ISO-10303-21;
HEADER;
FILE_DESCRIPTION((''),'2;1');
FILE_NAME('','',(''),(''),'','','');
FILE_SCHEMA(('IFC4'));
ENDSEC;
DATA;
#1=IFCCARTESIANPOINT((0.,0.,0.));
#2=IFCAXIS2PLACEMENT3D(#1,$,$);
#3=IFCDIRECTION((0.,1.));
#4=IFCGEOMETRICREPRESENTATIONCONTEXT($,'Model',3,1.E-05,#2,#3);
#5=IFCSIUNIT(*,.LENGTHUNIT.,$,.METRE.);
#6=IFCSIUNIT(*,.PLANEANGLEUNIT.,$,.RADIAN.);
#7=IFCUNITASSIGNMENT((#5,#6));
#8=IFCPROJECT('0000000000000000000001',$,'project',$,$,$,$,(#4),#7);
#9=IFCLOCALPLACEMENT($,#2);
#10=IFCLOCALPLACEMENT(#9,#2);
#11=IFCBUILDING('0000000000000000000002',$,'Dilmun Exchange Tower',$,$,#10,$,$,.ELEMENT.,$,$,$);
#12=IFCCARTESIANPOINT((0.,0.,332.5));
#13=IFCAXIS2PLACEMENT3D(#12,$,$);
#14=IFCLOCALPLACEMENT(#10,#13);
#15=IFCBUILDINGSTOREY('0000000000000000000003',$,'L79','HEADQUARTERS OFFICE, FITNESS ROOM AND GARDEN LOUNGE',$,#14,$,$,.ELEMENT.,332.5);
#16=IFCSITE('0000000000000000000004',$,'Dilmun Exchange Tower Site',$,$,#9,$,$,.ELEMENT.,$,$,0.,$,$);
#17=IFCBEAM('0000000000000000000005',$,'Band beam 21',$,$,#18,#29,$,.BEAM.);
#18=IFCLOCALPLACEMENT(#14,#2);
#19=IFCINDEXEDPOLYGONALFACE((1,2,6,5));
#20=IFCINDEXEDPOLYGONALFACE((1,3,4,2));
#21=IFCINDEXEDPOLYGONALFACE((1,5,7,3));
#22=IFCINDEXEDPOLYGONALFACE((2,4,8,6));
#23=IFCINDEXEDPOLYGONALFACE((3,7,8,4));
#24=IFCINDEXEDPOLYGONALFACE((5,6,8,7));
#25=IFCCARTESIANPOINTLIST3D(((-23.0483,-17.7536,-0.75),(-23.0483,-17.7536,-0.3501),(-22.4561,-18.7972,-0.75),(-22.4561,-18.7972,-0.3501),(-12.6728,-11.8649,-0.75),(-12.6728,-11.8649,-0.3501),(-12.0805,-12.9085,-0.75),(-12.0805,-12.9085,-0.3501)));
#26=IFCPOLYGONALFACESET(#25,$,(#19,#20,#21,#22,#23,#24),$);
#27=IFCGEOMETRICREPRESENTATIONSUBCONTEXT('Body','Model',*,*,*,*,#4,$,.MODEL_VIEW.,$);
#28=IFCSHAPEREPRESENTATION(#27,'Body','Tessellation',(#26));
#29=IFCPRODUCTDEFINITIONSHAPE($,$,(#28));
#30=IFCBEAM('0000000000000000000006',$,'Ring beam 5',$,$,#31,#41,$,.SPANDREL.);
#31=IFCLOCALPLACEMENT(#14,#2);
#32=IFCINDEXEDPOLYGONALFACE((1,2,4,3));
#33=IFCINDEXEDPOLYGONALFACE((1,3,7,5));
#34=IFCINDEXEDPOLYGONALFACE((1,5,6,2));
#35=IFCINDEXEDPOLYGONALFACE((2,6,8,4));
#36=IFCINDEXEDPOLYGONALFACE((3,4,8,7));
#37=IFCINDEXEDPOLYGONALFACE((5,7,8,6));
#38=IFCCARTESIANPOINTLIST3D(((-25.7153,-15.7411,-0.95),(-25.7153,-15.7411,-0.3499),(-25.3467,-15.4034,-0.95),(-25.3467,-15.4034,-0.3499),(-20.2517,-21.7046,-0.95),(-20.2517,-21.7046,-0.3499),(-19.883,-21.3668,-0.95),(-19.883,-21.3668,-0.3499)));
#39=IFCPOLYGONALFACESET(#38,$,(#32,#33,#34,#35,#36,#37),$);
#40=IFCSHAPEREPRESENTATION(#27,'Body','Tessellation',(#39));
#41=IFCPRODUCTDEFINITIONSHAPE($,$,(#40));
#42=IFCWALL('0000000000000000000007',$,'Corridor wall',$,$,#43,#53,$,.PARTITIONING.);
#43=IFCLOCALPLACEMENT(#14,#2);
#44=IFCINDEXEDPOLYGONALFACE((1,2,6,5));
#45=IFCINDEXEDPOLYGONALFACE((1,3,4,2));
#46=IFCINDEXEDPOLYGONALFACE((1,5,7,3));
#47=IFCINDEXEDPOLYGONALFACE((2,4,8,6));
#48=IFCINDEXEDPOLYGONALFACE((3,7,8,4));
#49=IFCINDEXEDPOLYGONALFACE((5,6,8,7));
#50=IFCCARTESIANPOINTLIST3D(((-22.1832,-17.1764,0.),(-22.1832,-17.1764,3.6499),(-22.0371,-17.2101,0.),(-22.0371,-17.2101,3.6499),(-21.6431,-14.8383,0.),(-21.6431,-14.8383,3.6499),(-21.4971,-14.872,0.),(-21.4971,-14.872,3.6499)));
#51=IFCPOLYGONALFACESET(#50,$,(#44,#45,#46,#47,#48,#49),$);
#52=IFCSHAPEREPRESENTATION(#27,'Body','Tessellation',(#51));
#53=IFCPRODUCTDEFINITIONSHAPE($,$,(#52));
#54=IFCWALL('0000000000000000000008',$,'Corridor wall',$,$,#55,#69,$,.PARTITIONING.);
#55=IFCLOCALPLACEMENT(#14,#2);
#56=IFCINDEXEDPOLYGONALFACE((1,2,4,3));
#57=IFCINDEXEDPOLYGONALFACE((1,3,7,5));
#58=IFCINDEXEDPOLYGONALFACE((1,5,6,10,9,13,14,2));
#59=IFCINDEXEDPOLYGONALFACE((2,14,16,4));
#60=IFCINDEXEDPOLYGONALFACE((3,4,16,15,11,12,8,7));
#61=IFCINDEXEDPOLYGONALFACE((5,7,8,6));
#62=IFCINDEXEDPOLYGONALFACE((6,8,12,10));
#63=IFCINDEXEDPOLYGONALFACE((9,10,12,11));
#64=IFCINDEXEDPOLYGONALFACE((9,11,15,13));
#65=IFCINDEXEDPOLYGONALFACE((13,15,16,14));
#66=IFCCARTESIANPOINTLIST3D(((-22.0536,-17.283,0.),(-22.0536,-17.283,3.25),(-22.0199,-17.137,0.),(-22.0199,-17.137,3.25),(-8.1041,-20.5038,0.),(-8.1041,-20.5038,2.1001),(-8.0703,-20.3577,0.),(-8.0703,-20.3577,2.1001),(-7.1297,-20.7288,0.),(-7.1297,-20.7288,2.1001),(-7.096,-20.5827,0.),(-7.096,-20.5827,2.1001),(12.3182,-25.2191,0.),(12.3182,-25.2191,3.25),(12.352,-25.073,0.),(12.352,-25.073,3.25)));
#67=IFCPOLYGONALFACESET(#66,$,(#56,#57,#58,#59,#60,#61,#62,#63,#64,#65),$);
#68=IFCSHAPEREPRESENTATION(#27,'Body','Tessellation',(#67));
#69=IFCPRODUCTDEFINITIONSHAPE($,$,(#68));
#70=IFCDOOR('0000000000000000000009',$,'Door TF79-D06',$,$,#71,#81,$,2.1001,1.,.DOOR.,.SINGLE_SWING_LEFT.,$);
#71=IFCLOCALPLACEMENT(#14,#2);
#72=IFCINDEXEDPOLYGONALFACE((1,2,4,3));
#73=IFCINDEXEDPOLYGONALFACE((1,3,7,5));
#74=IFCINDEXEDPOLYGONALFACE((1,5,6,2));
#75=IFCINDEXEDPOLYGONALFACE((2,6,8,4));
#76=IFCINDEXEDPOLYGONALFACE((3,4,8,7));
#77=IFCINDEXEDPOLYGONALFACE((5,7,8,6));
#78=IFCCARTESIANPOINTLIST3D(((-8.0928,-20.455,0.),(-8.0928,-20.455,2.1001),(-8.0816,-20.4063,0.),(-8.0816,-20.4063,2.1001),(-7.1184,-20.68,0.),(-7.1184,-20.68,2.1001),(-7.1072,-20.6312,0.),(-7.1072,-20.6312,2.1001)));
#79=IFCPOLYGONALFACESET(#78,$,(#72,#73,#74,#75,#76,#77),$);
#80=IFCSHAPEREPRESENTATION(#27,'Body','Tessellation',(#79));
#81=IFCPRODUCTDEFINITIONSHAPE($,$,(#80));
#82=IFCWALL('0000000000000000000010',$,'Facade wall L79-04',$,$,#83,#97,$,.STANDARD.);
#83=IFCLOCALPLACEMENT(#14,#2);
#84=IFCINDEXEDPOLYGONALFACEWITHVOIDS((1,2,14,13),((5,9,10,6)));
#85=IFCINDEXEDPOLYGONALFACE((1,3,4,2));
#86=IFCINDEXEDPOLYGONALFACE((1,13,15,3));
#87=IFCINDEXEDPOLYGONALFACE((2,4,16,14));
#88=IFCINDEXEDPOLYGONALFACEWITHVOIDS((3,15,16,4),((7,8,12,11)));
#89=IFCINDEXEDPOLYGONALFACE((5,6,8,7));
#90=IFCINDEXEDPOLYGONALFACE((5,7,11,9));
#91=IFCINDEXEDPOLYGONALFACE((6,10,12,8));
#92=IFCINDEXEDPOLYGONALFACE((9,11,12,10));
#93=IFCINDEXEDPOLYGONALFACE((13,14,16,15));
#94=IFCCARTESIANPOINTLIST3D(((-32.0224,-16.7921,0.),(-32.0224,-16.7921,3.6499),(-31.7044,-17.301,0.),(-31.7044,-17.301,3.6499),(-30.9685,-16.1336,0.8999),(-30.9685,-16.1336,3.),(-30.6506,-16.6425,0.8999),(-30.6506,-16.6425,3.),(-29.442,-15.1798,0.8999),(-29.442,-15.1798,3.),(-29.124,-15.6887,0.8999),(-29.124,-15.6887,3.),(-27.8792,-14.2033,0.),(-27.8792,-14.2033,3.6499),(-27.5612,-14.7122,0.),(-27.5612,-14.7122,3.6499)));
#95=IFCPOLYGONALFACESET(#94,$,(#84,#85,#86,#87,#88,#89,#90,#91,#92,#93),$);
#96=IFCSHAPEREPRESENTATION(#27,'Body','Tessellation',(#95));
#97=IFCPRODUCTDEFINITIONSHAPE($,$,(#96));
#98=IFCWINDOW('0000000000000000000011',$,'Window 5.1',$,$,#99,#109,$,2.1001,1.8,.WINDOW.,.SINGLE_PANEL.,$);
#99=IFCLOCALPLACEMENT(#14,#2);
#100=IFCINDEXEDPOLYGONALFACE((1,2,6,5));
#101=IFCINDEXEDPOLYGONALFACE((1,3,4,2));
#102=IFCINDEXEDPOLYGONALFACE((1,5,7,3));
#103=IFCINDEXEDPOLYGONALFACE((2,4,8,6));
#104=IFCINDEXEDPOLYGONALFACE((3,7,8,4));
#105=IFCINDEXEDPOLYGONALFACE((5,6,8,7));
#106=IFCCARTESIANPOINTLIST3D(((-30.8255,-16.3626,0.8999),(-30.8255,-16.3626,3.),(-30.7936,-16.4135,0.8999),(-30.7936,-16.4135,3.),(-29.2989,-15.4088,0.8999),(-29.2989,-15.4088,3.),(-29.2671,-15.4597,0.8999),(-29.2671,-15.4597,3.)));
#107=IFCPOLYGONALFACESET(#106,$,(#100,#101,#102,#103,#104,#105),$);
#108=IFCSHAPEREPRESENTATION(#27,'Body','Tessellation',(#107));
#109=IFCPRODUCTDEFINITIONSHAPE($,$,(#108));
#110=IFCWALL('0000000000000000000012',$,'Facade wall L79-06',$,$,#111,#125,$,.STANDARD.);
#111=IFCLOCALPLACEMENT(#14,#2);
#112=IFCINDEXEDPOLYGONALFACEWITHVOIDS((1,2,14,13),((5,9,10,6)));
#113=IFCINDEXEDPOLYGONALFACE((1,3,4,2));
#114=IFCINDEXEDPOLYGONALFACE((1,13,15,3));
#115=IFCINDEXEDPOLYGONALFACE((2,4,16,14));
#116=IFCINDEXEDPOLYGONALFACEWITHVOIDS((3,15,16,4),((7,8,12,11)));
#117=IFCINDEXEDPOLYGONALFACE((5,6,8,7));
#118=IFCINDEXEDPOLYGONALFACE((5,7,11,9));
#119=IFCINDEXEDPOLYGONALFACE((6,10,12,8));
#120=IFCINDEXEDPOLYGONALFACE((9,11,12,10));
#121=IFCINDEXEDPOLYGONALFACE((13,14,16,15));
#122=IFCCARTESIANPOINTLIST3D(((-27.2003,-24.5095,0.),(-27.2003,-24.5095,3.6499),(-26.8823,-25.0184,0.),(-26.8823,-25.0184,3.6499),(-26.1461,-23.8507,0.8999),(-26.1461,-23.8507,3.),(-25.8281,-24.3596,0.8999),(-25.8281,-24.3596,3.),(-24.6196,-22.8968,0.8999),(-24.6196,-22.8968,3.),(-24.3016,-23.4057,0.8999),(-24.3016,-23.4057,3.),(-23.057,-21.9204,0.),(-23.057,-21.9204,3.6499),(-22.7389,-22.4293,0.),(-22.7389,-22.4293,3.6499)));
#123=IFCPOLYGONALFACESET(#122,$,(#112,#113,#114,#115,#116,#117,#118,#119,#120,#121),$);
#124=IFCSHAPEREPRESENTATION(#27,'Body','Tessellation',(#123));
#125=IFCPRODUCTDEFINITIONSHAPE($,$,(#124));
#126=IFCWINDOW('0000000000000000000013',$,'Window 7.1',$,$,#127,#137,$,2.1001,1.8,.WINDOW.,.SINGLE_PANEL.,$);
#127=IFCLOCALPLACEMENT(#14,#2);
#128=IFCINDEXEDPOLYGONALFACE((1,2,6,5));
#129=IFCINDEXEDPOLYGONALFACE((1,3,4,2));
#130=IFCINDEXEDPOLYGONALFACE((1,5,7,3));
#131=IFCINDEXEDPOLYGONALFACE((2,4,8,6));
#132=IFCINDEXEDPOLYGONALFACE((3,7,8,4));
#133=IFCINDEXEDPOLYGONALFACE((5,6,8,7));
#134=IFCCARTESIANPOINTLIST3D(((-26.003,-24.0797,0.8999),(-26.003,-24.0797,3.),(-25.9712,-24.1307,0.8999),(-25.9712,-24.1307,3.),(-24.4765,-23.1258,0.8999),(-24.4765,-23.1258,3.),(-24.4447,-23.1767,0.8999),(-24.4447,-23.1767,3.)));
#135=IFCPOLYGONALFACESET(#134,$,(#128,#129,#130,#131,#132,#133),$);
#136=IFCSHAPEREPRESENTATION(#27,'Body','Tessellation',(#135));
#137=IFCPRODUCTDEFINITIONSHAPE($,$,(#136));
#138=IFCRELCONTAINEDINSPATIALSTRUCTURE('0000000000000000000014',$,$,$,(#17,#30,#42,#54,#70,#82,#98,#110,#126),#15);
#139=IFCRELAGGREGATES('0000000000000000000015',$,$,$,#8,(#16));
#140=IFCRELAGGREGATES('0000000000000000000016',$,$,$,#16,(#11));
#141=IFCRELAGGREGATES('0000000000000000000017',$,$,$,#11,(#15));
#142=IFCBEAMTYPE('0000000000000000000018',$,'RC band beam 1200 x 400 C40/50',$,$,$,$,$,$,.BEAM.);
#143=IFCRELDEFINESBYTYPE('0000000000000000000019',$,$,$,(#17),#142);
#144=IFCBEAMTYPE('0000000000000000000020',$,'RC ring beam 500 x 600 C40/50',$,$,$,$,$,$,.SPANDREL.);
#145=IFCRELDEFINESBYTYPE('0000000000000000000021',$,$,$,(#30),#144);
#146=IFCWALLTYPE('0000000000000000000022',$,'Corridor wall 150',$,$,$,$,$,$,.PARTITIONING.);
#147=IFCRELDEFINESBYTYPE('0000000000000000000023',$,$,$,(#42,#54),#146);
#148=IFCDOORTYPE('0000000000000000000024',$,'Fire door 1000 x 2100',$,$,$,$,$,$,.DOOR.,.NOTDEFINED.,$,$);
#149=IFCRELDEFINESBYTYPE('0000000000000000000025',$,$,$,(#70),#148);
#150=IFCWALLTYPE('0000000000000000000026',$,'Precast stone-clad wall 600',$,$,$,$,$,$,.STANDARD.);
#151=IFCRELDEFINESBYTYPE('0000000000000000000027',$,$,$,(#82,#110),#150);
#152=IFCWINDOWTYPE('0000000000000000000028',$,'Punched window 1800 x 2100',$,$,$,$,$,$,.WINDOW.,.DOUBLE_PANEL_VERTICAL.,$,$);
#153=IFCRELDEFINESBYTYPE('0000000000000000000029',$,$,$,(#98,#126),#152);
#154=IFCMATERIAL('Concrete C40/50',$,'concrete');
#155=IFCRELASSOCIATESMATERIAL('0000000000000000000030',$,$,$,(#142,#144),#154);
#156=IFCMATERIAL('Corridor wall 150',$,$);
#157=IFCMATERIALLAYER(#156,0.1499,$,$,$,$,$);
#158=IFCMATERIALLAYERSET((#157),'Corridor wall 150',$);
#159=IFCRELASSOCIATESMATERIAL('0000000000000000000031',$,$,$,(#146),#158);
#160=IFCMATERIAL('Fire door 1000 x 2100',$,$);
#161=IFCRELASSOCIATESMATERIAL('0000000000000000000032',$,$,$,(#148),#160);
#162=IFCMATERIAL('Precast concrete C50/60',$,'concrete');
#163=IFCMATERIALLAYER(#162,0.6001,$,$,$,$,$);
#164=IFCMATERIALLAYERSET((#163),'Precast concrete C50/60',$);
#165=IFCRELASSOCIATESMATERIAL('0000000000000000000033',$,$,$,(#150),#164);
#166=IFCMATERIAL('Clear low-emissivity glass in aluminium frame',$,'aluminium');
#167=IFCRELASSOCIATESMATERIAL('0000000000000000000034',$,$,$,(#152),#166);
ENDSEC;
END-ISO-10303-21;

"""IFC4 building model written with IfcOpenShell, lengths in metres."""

from ifc_helpers import new_model, si_unit, direction, frame, frame_2d, origin, origin_2d, place, context, subcontext, project, spatial, rectangle, extrude, material, layer, layer_set, material_profile, profile_set, type_object, element, fill, save


model = new_model("IFC4")

# Units and contexts
model_context = context("Model", 3, precision=1e-05, world=origin(), true_north=direction((0.0, 1.0)))
body_context = subcontext(model_context, "Body", "Model", "MODEL_VIEW")
ifc_project = project(units=[si_unit("LENGTHUNIT", "METRE"), si_unit("PLANEANGLEUNIT", "RADIAN")], contexts=[model_context])

# Site, building, storey
site_placement = place(None, origin())
site = spatial("IfcSite", under=ifc_project, at=site_placement, Name="Dilmun Exchange Tower Site", CompositionType="ELEMENT", RefElevation=0.0)
building_placement = place(site_placement, origin())
building = spatial("IfcBuilding", under=site, at=building_placement, Name="Dilmun Exchange Tower", CompositionType="ELEMENT")
storey_placement = place(building_placement, frame((0.0, 0.0, 332.5)))
storey = spatial("IfcBuildingStorey", under=building, at=storey_placement, Name="L79", Description="HEADQUARTERS OFFICE, FITNESS ROOM AND GARDEN LOUNGE", CompositionType="ELEMENT", Elevation=332.5)

# Beams
ifc_material_1 = material(Name="Concrete C40/50", Category="concrete")
ifc_material_profile_1 = material_profile(ifc_material_1, rectangle(XDim=1.2, YDim=0.3999, at=origin_2d()), Name="1200 x 400")
ifc_profile_set_1 = profile_set([ifc_material_profile_1], Name="Concrete C40/50")
beam_type_1 = type_object("IfcBeamType", Name="RC band beam 1200 x 400 C40/50", PredefinedType="BEAM", material=ifc_profile_set_1)
beam_1_placement = place(storey_placement, frame((-22.7522, -18.2754, -0.55), z_axis=(0.86969, 0.493598, 0.0), x_axis=(-0.493598, 0.86969, 0.0)))
element("IfcBeam", 1, at=beam_1_placement, inside=storey, type_object=beam_type_1, Name="Band beam 21", PredefinedType="BEAM", context=body_context, shape_type="SweptSolid", body=[
    extrude(rectangle(XDim=1.2, YDim=0.3999, at=origin_2d()), origin(), (0.0, 0.0, 1.0), 11.9302),
])
ifc_material_profile_2 = material_profile(ifc_material_1, rectangle(XDim=0.5, YDim=0.6001, at=origin_2d()), Name="500 x 600")
ifc_profile_set_2 = profile_set([ifc_material_profile_2], Name="Concrete C40/50")
beam_type_2 = type_object("IfcBeamType", Name="RC ring beam 500 x 600 C40/50", PredefinedType="SPANDREL", material=ifc_profile_set_2)
beam_2_placement = place(storey_placement, frame((-25.531, -15.5723, -0.6499), z_axis=(0.675536, -0.737327, 0.0), x_axis=(0.737327, 0.675536, 0.0)))
element("IfcBeam", 2, at=beam_2_placement, inside=storey, type_object=beam_type_2, Name="Ring beam 5", PredefinedType="SPANDREL", context=body_context, shape_type="SweptSolid", body=[
    extrude(rectangle(XDim=0.5, YDim=0.6001, at=origin_2d()), origin(), (0.0, 0.0, 1.0), 8.0879),
])

# Wall
ifc_material_2 = material(Name="Corridor wall 150")
ifc_layer_1 = layer(ifc_material_2, 0.1499)
ifc_layer_set_1 = layer_set([ifc_layer_1], Name="Corridor wall 150")
wall_type_1 = type_object("IfcWallType", Name="Corridor wall 150", PredefinedType="PARTITIONING", material=ifc_layer_set_1)
wall_1_placement = place(storey_placement, frame((-22.1101, -17.1931, 0.0), z_axis=(0.0, 0.0, 1.0), x_axis=(0.225045, 0.974348, 0.0)))
element("IfcWall", 3, at=wall_1_placement, inside=storey, type_object=wall_type_1, Name="Corridor wall", PredefinedType="PARTITIONING", context=body_context, shape_type="SweptSolid", body=[
    extrude(rectangle(XDim=2.3997, YDim=0.1499, at=frame_2d((1.1997, 0.0))), origin(), (0.0, 0.0, 1.0), 3.6499),
])

# Wall, opening, door
wall_2_placement = place(storey_placement, frame((-22.0369, -17.21, 0.0), z_axis=(0.0, 0.0, 1.0), x_axis=(0.974366, -0.224969, 0.0)))
wall_2 = element("IfcWall", 4, at=wall_2_placement, inside=storey, type_object=wall_type_1, Name="Corridor wall", PredefinedType="PARTITIONING", context=body_context, shape_type="SweptSolid", body=[
    extrude(rectangle(XDim=35.2761, YDim=0.1499, at=frame_2d((17.6382, 0.0))), origin(), (0.0, 0.0, 1.0), 3.25),
])
opening_1_placement = place(wall_2_placement, frame((14.3167, 0.0, 0.0)))
opening_1 = element("IfcOpeningElement", 5, at=opening_1_placement, cuts=wall_2, PredefinedType="OPENING", context=body_context, shape_type="SweptSolid", body=[
    extrude(rectangle(XDim=1.0, YDim=2.1001, at=frame_2d((0.5, 1.05))), frame((0.0, 0.085, 0.0), z_axis=(0.0, -1.0, 0.0), x_axis=(1.0, 0.0, 0.0)), (0.0, 0.0, 1.0), 0.1699),
])
ifc_material_3 = material(Name="Fire door 1000 x 2100")
door_type = type_object("IfcDoorType", Name="Fire door 1000 x 2100", OperationType="NOTDEFINED", PredefinedType="DOOR", material=ifc_material_3)
door_placement = place(opening_1_placement, frame((1.0, 0.0, 0.0), z_axis=(0.0, 0.0, 1.0), x_axis=(-1.0, 0.0, 0.0)))
door = element("IfcDoor", 6, at=door_placement, inside=storey, type_object=door_type, Name="Door TF79-D06", OperationType="SINGLE_SWING_LEFT", OverallHeight=2.1001, OverallWidth=1.0, PredefinedType="DOOR", context=body_context, shape_type="SweptSolid", body=[
    extrude(rectangle(XDim=1.0, YDim=2.1001, at=frame_2d((0.5, 1.05))), frame((0.0, 0.0249, 0.0), z_axis=(0.0, -1.0, 0.0), x_axis=(1.0, 0.0, 0.0)), (0.0, 0.0, 1.0), 0.05),
])
fill(opening_1, door)

# Walls, openings, windows
ifc_material_4 = material(Name="Precast concrete C50/60", Category="concrete")
ifc_layer_2 = layer(ifc_material_4, 0.6001)
ifc_layer_set_2 = layer_set([ifc_layer_2], Name="Precast concrete C50/60")
wall_type_2 = type_object("IfcWallType", Name="Precast stone-clad wall 600", PredefinedType="STANDARD", material=ifc_layer_set_2)
wall_3_placement = place(storey_placement, frame((-31.8635, -17.0466, 0.0), z_axis=(0.0, 0.0, 1.0), x_axis=(0.848063, 0.529896, 0.0)))
wall_3 = element("IfcWall", 7, at=wall_3_placement, inside=storey, type_object=wall_type_2, Name="Facade wall L79-04", PredefinedType="STANDARD", context=body_context, shape_type="SweptSolid", body=[
    extrude(rectangle(XDim=4.8855, YDim=0.6001, at=frame_2d((2.4429, 0.0))), origin(), (0.0, 0.0, 1.0), 3.6499),
])
opening_2_placement = place(wall_3_placement, frame((1.2429, 0.0, 0.8999)))
opening_2 = element("IfcOpeningElement", 8, at=opening_2_placement, cuts=wall_3, PredefinedType="OPENING", context=body_context, shape_type="SweptSolid", body=[
    extrude(rectangle(XDim=1.8, YDim=2.1001, at=frame_2d((0.8999, 1.05))), frame((0.0, 0.3101, 0.0), z_axis=(0.0, -1.0, 0.0), x_axis=(1.0, 0.0, 0.0)), (0.0, 0.0, 1.0), 0.6201),
])
ifc_material_5 = material(Name="Clear low-emissivity glass in aluminium frame", Category="aluminium")
window_type_1 = type_object("IfcWindowType", Name="Punched window 1800 x 2100", PartitioningType="DOUBLE_PANEL_VERTICAL", PredefinedType="WINDOW", material=ifc_material_5)
window_1_placement = place(opening_2_placement, origin())
window_1 = element("IfcWindow", 9, at=window_1_placement, inside=storey, type_object=window_type_1, Name="Window 5.1", OverallHeight=2.1001, OverallWidth=1.8, PartitioningType="SINGLE_PANEL", PredefinedType="WINDOW", context=body_context, shape_type="SweptSolid", body=[
    extrude(rectangle(XDim=1.8, YDim=2.1001, at=frame_2d((0.8999, 1.05))), frame((0.0, 0.03, 0.0), z_axis=(0.0, -1.0, 0.0), x_axis=(1.0, 0.0, 0.0)), (0.0, 0.0, 1.0), 0.0601),
])
fill(opening_2, window_1)
wall_4_placement = place(storey_placement, frame((-22.8979, -22.1748, 0.0), z_axis=(0.0, 0.0, 1.0), x_axis=(-0.84804, -0.529932, 0.0)))
wall_4 = element("IfcWall", 10, at=wall_4_placement, inside=storey, type_object=wall_type_2, Name="Facade wall L79-06", PredefinedType="STANDARD", context=body_context, shape_type="SweptSolid", body=[
    extrude(rectangle(XDim=4.8857, YDim=0.6001, at=frame_2d((2.4429, 0.0))), origin(), (0.0, 0.0, 1.0), 3.6499),
])
opening_3_placement = place(wall_4_placement, frame((1.8428, 0.0, 0.8999)))
opening_3 = element("IfcOpeningElement", 11, at=opening_3_placement, cuts=wall_4, PredefinedType="OPENING", context=body_context, shape_type="SweptSolid", body=[
    extrude(rectangle(XDim=1.8, YDim=2.1001, at=frame_2d((0.8999, 1.05))), frame((0.0, 0.3101, 0.0), z_axis=(0.0, -1.0, 0.0), x_axis=(1.0, 0.0, 0.0)), (0.0, 0.0, 1.0), 0.6201),
])
window_2_placement = place(opening_3_placement, origin())
window_2 = element("IfcWindow", 12, at=window_2_placement, inside=storey, type_object=window_type_1, Name="Window 7.1", OverallHeight=2.1001, OverallWidth=1.8, PartitioningType="SINGLE_PANEL", PredefinedType="WINDOW", context=body_context, shape_type="SweptSolid", body=[
    extrude(rectangle(XDim=1.8, YDim=2.1001, at=frame_2d((0.8999, 1.05))), frame((0.0, 0.03, 0.0), z_axis=(0.0, -1.0, 0.0), x_axis=(1.0, 0.0, 0.0)), (0.0, 0.0, 1.0), 0.0601),
])
fill(opening_3, window_2)

save(model, "model.ifc")
